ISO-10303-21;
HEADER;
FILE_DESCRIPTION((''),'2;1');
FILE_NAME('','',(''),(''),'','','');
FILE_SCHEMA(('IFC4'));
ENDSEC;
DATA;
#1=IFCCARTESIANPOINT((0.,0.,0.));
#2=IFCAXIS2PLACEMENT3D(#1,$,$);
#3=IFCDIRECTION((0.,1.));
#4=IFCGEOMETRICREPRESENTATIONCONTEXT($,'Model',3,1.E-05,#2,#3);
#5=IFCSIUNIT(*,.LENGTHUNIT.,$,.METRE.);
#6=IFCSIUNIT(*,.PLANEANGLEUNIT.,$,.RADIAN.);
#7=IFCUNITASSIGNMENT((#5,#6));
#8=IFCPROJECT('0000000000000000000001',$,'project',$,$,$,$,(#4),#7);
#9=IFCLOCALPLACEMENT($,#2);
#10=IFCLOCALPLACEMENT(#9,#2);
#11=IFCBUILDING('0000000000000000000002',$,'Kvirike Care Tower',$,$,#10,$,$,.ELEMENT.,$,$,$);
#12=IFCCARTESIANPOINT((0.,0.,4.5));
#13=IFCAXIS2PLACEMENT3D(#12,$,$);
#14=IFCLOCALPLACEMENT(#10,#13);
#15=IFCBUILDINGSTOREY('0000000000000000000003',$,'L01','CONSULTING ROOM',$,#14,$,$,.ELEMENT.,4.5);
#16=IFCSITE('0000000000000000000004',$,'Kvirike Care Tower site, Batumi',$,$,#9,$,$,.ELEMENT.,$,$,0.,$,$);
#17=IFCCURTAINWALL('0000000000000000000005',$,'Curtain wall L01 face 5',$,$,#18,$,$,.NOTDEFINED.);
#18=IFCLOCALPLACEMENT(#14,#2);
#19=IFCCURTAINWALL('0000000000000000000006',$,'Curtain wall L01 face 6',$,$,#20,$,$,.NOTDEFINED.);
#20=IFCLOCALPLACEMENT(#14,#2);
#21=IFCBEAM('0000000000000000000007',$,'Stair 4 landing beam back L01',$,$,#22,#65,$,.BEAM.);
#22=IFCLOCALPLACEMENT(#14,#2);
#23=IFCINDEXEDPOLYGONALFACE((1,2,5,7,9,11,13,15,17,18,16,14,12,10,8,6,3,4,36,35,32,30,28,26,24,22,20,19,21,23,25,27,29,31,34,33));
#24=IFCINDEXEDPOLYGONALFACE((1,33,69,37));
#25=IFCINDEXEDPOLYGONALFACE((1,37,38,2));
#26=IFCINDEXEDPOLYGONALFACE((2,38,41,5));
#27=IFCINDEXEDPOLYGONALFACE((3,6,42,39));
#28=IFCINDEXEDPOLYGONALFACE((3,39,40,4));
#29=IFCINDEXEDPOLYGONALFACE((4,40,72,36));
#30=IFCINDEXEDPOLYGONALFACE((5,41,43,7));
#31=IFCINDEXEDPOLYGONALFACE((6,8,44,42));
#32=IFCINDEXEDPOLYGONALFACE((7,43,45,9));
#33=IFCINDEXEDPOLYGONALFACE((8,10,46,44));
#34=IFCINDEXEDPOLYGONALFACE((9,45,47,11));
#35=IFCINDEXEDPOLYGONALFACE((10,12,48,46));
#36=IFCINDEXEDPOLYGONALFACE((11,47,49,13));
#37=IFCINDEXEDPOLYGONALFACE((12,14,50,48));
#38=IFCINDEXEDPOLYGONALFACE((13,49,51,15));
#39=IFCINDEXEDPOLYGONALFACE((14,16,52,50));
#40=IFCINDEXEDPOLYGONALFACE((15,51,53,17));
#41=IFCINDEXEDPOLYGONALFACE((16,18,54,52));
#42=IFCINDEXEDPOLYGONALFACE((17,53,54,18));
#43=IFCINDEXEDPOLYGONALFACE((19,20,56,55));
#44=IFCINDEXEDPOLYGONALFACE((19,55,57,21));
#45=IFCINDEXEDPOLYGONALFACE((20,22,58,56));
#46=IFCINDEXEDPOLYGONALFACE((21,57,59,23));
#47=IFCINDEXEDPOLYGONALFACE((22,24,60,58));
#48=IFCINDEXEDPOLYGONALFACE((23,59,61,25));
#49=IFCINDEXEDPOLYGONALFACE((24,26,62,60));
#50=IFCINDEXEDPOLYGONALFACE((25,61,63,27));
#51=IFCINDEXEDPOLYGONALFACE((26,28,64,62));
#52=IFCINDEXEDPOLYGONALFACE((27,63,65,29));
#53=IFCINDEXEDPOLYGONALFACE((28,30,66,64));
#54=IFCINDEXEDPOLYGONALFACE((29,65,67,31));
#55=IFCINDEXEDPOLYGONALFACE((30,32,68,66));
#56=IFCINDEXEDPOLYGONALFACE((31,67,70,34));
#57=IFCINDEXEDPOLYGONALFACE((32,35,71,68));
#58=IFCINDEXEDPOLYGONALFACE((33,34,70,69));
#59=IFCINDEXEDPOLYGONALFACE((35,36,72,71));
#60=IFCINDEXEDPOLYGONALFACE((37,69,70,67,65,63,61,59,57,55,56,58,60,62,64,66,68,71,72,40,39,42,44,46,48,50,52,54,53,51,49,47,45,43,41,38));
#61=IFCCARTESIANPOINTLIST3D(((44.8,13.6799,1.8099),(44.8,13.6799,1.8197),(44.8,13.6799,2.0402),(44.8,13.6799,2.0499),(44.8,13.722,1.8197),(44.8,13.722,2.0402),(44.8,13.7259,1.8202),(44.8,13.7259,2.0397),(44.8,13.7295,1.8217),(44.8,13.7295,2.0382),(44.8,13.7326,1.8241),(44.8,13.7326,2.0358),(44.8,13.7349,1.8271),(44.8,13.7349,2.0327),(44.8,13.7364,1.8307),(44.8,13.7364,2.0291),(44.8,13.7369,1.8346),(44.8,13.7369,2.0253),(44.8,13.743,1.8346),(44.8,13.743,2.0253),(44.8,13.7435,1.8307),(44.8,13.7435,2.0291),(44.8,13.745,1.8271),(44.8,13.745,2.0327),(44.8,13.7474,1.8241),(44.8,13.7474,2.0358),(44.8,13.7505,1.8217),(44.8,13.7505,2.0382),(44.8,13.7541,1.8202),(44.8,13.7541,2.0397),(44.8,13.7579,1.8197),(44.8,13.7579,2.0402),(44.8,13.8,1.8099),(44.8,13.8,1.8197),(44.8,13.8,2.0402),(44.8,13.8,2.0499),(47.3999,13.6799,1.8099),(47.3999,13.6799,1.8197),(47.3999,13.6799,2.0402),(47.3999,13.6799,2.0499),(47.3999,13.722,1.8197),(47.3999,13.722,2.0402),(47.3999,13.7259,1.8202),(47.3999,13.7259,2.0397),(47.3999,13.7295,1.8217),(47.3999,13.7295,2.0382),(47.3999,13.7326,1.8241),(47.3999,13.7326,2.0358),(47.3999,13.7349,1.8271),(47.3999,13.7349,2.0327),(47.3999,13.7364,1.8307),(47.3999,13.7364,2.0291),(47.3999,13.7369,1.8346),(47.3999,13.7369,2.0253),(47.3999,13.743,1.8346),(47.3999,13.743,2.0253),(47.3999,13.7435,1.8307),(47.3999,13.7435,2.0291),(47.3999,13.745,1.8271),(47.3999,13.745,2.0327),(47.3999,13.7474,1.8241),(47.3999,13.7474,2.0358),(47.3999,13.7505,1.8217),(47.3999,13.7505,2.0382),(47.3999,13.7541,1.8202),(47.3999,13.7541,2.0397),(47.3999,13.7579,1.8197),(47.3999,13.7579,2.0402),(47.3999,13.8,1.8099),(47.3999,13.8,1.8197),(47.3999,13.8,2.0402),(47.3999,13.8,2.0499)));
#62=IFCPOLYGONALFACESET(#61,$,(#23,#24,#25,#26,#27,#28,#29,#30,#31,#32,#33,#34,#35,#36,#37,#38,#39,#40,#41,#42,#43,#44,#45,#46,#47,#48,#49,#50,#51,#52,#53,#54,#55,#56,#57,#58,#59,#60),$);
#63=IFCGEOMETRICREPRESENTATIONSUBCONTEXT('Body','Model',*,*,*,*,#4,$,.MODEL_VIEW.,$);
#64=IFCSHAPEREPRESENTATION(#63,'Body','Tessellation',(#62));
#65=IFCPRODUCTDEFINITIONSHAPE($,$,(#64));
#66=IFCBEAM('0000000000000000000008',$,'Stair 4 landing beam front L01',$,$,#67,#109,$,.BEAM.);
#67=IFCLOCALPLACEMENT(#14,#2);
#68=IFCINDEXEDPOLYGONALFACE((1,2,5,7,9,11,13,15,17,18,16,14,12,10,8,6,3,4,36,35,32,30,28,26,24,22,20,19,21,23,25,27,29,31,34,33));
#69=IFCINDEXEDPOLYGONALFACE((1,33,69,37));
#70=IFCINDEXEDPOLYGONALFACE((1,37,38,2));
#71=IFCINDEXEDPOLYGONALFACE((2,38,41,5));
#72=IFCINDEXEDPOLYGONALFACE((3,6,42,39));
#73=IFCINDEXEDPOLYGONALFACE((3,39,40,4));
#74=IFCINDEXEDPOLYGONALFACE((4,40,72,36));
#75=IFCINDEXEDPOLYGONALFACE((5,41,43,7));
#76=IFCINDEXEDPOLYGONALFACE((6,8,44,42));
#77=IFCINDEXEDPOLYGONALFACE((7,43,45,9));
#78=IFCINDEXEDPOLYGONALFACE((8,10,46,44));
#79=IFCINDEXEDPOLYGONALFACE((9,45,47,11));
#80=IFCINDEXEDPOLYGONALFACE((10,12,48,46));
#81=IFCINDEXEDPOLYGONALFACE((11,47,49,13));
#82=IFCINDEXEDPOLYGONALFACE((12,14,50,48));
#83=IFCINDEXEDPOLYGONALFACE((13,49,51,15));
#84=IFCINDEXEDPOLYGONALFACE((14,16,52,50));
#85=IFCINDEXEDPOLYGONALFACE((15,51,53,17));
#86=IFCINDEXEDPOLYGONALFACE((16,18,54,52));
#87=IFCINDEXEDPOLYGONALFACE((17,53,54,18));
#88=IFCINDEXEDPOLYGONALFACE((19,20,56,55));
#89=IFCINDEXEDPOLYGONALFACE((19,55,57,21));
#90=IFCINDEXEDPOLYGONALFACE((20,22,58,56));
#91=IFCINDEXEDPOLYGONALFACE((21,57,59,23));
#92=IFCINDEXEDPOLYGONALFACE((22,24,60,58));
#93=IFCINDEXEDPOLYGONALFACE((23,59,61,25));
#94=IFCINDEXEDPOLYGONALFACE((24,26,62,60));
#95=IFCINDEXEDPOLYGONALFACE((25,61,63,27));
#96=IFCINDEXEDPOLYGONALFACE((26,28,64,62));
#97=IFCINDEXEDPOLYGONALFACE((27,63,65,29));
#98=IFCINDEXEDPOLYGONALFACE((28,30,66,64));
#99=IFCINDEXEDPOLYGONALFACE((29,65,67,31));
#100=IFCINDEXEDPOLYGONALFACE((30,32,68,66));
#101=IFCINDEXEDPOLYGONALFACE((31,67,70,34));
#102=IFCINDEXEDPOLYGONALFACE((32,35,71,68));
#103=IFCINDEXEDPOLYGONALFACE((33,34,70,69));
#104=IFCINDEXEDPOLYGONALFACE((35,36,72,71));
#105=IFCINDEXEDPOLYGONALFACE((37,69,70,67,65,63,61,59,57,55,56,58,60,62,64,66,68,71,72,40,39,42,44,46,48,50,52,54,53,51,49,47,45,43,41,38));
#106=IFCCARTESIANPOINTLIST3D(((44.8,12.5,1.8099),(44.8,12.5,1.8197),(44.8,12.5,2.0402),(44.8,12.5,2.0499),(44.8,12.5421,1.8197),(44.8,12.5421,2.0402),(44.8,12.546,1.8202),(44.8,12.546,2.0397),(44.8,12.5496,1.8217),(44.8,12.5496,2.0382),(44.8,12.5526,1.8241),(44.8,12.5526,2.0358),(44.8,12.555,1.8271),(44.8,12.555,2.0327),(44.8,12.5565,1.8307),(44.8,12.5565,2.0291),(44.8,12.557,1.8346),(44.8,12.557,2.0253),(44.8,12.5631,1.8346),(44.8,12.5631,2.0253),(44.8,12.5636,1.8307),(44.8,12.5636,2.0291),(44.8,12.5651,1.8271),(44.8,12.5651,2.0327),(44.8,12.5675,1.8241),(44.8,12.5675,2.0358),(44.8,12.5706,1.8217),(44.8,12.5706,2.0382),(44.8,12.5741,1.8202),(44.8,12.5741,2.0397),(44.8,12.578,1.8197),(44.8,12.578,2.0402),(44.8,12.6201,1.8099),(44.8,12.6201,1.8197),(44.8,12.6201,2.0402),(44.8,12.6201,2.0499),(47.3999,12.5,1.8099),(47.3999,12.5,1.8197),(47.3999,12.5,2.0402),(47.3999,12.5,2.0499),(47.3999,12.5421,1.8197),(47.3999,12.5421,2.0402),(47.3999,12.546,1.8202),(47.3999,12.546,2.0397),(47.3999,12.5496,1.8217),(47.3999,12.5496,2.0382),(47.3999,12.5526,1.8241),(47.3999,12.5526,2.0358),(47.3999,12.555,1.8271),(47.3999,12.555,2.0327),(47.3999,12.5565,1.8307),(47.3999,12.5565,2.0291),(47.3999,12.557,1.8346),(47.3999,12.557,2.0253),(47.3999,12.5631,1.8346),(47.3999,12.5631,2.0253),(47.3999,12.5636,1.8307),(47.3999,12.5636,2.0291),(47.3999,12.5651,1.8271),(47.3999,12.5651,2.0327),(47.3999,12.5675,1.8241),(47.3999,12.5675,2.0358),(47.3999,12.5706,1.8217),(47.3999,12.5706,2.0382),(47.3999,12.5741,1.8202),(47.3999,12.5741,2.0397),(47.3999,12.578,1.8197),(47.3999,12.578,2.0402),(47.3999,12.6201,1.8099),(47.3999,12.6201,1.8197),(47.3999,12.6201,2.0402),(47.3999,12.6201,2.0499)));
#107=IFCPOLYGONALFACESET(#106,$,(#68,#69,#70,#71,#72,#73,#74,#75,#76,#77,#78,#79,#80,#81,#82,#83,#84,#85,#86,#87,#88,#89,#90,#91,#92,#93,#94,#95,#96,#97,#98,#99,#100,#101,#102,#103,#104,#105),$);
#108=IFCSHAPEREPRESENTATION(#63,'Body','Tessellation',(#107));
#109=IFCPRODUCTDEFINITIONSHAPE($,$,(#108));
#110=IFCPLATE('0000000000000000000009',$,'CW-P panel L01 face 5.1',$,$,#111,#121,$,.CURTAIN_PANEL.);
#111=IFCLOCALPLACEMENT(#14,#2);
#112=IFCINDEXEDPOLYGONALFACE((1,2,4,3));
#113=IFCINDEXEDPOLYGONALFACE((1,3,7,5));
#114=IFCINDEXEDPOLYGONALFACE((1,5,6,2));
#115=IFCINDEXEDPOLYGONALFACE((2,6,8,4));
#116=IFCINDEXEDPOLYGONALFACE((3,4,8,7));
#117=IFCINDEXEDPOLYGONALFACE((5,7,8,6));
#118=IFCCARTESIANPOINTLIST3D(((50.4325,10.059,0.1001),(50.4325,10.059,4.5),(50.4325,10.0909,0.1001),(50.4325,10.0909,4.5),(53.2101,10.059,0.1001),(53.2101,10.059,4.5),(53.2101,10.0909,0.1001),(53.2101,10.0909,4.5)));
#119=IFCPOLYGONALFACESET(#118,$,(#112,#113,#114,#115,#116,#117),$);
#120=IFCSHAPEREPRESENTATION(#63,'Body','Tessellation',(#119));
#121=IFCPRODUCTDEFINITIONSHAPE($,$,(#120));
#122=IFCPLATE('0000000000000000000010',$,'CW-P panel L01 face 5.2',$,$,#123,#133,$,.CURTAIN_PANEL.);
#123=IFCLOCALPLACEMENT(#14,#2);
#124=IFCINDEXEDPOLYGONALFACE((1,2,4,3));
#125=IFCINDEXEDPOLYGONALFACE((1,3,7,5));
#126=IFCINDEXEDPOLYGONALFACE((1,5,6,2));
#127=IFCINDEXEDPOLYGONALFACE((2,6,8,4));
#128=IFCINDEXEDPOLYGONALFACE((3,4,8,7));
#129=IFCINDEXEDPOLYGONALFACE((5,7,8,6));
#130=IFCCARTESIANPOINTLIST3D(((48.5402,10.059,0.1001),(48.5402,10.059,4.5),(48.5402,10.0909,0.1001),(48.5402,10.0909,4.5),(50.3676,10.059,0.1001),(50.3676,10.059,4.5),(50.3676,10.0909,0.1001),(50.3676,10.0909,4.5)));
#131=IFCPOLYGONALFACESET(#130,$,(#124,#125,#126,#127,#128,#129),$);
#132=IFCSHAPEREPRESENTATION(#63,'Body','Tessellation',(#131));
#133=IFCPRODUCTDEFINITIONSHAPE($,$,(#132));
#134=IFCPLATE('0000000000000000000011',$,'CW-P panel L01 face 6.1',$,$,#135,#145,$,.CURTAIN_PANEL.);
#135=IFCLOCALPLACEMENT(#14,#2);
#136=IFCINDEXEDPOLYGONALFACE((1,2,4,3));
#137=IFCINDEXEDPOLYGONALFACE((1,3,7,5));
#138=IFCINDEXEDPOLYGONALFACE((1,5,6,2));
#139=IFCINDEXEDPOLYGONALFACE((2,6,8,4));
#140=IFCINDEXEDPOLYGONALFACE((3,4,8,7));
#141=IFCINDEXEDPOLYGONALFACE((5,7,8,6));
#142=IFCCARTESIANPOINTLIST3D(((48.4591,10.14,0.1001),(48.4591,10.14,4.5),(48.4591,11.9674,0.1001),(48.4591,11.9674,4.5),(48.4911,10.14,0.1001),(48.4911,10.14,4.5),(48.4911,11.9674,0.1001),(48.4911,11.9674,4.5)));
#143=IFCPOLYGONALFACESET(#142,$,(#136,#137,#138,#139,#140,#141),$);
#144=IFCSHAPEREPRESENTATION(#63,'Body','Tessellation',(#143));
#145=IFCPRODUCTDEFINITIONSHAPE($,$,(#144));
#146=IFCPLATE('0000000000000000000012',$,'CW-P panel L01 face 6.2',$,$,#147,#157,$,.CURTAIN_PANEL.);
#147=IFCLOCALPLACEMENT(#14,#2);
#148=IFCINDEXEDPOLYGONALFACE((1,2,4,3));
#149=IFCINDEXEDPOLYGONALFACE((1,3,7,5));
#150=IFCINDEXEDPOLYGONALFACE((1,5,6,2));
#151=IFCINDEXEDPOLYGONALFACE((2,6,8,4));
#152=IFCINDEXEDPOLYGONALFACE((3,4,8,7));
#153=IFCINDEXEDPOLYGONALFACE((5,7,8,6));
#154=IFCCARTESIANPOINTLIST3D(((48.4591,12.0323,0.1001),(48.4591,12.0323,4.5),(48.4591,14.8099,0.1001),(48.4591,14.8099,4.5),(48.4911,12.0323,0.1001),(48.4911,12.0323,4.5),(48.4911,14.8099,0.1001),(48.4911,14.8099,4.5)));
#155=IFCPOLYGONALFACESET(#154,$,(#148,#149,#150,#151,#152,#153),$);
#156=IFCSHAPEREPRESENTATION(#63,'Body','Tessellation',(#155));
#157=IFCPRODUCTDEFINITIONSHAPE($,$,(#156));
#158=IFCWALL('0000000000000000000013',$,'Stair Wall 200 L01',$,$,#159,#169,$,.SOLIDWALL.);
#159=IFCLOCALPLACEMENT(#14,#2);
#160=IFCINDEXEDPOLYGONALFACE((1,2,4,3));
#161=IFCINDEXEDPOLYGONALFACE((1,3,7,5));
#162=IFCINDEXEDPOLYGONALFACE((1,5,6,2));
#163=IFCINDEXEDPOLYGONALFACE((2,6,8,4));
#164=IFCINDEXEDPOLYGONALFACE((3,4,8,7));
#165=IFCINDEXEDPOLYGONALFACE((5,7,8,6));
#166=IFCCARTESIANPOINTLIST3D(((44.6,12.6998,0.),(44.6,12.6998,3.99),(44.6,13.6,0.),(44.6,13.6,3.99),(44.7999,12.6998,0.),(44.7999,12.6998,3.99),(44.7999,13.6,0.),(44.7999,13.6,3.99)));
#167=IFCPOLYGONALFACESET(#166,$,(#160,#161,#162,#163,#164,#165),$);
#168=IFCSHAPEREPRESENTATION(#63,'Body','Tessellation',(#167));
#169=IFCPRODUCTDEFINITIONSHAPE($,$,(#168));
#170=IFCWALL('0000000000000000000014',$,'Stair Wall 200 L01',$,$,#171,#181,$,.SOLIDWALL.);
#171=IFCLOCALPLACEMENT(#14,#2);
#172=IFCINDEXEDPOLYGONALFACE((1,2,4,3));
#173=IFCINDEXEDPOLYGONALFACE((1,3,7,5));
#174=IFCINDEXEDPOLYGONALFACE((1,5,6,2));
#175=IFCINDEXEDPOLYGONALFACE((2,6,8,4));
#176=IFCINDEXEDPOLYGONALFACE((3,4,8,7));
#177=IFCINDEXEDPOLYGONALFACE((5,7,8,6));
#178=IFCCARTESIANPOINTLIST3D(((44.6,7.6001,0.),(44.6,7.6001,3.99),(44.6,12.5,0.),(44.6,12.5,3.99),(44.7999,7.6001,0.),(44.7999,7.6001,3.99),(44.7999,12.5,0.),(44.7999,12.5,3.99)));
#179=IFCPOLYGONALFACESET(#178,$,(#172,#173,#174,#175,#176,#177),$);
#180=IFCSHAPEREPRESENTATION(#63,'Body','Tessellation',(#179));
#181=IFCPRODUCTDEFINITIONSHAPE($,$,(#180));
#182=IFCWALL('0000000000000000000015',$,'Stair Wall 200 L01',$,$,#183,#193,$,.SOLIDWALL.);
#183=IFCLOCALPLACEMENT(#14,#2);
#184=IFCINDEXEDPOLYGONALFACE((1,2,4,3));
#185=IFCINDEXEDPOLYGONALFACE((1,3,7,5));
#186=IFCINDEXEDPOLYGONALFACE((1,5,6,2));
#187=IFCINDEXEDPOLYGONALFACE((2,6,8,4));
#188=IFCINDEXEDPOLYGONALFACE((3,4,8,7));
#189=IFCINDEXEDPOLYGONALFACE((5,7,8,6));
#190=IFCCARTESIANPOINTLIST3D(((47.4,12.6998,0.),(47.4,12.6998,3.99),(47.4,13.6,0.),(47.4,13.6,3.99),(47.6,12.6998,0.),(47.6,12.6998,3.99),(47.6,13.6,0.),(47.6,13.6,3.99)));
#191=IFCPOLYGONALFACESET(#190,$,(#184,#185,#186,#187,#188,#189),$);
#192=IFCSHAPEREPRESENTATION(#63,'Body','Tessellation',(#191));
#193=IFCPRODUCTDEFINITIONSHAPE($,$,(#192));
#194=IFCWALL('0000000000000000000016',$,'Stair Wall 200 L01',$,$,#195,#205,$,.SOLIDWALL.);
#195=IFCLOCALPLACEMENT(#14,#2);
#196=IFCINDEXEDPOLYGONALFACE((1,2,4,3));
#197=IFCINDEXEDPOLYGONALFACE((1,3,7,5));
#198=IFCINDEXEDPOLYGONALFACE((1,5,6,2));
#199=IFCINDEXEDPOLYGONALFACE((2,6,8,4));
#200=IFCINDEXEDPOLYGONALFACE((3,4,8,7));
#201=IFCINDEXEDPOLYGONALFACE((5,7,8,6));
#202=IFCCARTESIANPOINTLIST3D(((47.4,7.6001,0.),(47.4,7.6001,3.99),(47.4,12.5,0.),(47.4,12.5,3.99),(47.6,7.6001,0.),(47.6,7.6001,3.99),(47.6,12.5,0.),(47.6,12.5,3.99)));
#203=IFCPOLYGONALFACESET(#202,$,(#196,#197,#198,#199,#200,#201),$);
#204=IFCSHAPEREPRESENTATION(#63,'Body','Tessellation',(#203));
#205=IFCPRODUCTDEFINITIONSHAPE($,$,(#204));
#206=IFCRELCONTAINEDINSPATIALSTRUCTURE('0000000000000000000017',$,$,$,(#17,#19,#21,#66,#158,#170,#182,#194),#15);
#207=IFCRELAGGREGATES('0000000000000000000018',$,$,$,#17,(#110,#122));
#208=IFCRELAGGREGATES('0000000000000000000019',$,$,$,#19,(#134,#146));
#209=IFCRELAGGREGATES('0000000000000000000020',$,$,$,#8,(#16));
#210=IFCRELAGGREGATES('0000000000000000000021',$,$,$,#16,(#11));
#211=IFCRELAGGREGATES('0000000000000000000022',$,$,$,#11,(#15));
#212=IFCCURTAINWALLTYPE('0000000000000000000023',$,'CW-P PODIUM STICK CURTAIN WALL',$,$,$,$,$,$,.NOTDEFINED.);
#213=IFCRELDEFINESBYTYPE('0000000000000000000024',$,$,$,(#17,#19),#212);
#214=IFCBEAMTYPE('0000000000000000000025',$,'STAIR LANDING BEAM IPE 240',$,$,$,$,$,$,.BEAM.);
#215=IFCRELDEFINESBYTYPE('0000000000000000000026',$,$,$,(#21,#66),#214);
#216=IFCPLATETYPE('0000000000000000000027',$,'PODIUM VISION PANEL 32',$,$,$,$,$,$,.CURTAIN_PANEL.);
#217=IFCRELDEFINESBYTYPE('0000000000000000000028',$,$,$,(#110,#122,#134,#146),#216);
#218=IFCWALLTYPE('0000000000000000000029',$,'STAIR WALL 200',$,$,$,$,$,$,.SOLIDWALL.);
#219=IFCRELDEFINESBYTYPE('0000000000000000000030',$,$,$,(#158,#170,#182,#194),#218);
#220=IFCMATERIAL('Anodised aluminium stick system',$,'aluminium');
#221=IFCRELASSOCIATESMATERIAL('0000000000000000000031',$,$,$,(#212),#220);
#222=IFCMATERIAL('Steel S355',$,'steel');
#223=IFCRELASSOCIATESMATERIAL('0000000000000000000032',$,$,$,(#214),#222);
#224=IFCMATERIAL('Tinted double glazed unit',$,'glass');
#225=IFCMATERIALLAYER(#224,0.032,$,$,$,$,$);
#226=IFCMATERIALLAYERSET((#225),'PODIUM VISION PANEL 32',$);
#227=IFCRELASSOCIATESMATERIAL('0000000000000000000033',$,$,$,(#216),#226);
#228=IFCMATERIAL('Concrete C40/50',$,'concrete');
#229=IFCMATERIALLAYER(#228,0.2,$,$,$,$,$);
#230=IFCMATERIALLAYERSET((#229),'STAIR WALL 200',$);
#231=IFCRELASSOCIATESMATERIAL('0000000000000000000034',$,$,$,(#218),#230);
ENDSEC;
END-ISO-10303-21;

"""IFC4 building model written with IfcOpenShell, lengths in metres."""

from ifc_helpers import new_model, si_unit, direction, frame, frame_2d, origin, origin_2d, place, context, subcontext, project, spatial, rectangle, i_section, extrude, material, layer, layer_set, material_profile, profile_set, type_object, element, aggregate, save


model = new_model("IFC4")

# Units and contexts
model_context = context("Model", 3, precision=1e-05, world=origin(), true_north=direction((0.0, 1.0)))
body_context = subcontext(model_context, "Body", "Model", "MODEL_VIEW")
ifc_project = project(units=[si_unit("LENGTHUNIT", "METRE"), si_unit("PLANEANGLEUNIT", "RADIAN")], contexts=[model_context])

# Site, building, storey
site_placement = place(None, origin())
site = spatial("IfcSite", under=ifc_project, at=site_placement, Name="Kvirike Care Tower site, Batumi", CompositionType="ELEMENT", RefElevation=0.0)
building_placement = place(site_placement, origin())
building = spatial("IfcBuilding", under=site, at=building_placement, Name="Kvirike Care Tower", CompositionType="ELEMENT")
storey_placement = place(building_placement, frame((0.0, 0.0, 4.5)))
storey = spatial("IfcBuildingStorey", under=building, at=storey_placement, Name="L01", Description="CONSULTING ROOM", CompositionType="ELEMENT", Elevation=4.5)

# Curtain walls
ifc_material_1 = material(Name="Anodised aluminium stick system", Category="aluminium")
curtain_wall_type = type_object("IfcCurtainWallType", Name="CW-P PODIUM STICK CURTAIN WALL", PredefinedType="NOTDEFINED", material=ifc_material_1)
curtain_wall_1_placement = place(storey_placement, origin())
curtain_wall_1 = element("IfcCurtainWall", 1, at=curtain_wall_1_placement, inside=storey, type_object=curtain_wall_type, Name="Curtain wall L01 face 5", PredefinedType="NOTDEFINED")
curtain_wall_2_placement = place(storey_placement, origin())
curtain_wall_2 = element("IfcCurtainWall", 2, at=curtain_wall_2_placement, inside=storey, type_object=curtain_wall_type, Name="Curtain wall L01 face 6", PredefinedType="NOTDEFINED")

# Beams
ifc_material_2 = material(Name="Steel S355", Category="steel")
ifc_material_profile_1 = material_profile(ifc_material_2, i_section(OverallWidth=0.1201, OverallDepth=0.24, WebThickness=0.0061, FlangeThickness=0.0098, FilletRadius=0.0149, at=origin_2d()), Name="IPE 240")
ifc_profile_set_1 = profile_set([ifc_material_profile_1], Name="Steel S355")
beam_type = type_object("IfcBeamType", Name="STAIR LANDING BEAM IPE 240", PredefinedType="BEAM", material=ifc_profile_set_1)
for number, where, z_axis, x_axis, name in (
    (3, (44.8, 13.74, 1.9299), (1.0, 0.0, 0.0), (0.0, 1.0, 0.0), "Stair 4 landing beam back L01"),
    (4, (44.8, 12.5601, 1.9299), (1.0, 0.0, 0.0), (0.0, 1.0, 0.0), "Stair 4 landing beam front L01"),
):
    element("IfcBeam", number, at=place(storey_placement, frame(where, z_axis=z_axis, x_axis=x_axis)), inside=storey, type_object=beam_type, Name=name, PredefinedType="BEAM", context=body_context, shape_type="SweptSolid", body=[
        extrude(i_section(OverallWidth=0.1201, OverallDepth=0.24, WebThickness=0.0061, FlangeThickness=0.0098, FilletRadius=0.0149, at=origin_2d()), origin(), (0.0, 0.0, 1.0), 2.5999),
    ])

# Plates
ifc_material_3 = material(Name="Tinted double glazed unit", Category="glass")
ifc_layer_1 = layer(ifc_material_3, 0.032)
ifc_layer_set_1 = layer_set([ifc_layer_1], Name="PODIUM VISION PANEL 32")
plate_type = type_object("IfcPlateType", Name="PODIUM VISION PANEL 32", PredefinedType="CURTAIN_PANEL", material=ifc_layer_set_1)
plate_1_placement = place(storey_placement, frame((51.8213, 10.075, 0.1001), z_axis=(0.0, 0.0, 1.0), x_axis=(-1.0, 0.0, 0.0)))
plate_1 = element("IfcPlate", 5, at=plate_1_placement, type_object=plate_type, Name="CW-P panel L01 face 5.1", PredefinedType="CURTAIN_PANEL", context=body_context, shape_type="SweptSolid", body=[
    extrude(rectangle(XDim=2.7776, YDim=0.032, at=origin_2d()), origin(), (0.0, 0.0, 1.0), 4.3999),
])
plate_2_placement = place(storey_placement, frame((49.4539, 10.075, 0.1001), z_axis=(0.0, 0.0, 1.0), x_axis=(-1.0, 0.0, 0.0)))
plate_2 = element("IfcPlate", 6, at=plate_2_placement, type_object=plate_type, Name="CW-P panel L01 face 5.2", PredefinedType="CURTAIN_PANEL", context=body_context, shape_type="SweptSolid", body=[
    extrude(rectangle(XDim=1.8274, YDim=0.032, at=origin_2d()), origin(), (0.0, 0.0, 1.0), 4.3999),
])
aggregate(curtain_wall_1, [plate_1, plate_2])
plate_3_placement = place(storey_placement, frame((48.4751, 11.0537, 0.1001), z_axis=(0.0, 0.0, 1.0), x_axis=(0.0, 1.0, 0.0)))
plate_3 = element("IfcPlate", 7, at=plate_3_placement, type_object=plate_type, Name="CW-P panel L01 face 6.1", PredefinedType="CURTAIN_PANEL", context=body_context, shape_type="SweptSolid", body=[
    extrude(rectangle(XDim=1.8274, YDim=0.032, at=origin_2d()), origin(), (0.0, 0.0, 1.0), 4.3999),
])
plate_4_placement = place(storey_placement, frame((48.4751, 13.4211, 0.1001), z_axis=(0.0, 0.0, 1.0), x_axis=(0.0, 1.0, 0.0)))
plate_4 = element("IfcPlate", 8, at=plate_4_placement, type_object=plate_type, Name="CW-P panel L01 face 6.2", PredefinedType="CURTAIN_PANEL", context=body_context, shape_type="SweptSolid", body=[
    extrude(rectangle(XDim=2.7776, YDim=0.032, at=origin_2d()), origin(), (0.0, 0.0, 1.0), 4.3999),
])
aggregate(curtain_wall_2, [plate_3, plate_4])

# Walls
ifc_material_4 = material(Name="Concrete C40/50", Category="concrete")
ifc_layer_2 = layer(ifc_material_4, 0.2)
ifc_layer_set_2 = layer_set([ifc_layer_2], Name="STAIR WALL 200")
wall_type = type_object("IfcWallType", Name="STAIR WALL 200", PredefinedType="SOLIDWALL", material=ifc_layer_set_2)
wall_1_placement = place(storey_placement, frame((44.7, 13.6001, 0.0), z_axis=(0.0, 0.0, 1.0), x_axis=(0.0, -1.0, 0.0)))
element("IfcWall", 9, at=wall_1_placement, inside=storey, type_object=wall_type, Name="Stair Wall 200 L01", PredefinedType="SOLIDWALL", context=body_context, shape_type="SweptSolid", body=[
    extrude(rectangle(XDim=0.9001, YDim=0.2, at=frame_2d((0.4502, 0.0))), origin(), (0.0, 0.0, 1.0), 3.99),
])
wall_2_placement = place(storey_placement, frame((44.7, 12.5, 0.0), z_axis=(0.0, 0.0, 1.0), x_axis=(0.0, -1.0, 0.0)))
element("IfcWall", 10, at=wall_2_placement, inside=storey, type_object=wall_type, Name="Stair Wall 200 L01", PredefinedType="SOLIDWALL", context=body_context, shape_type="SweptSolid", body=[
    extrude(rectangle(XDim=4.8999, YDim=0.2, at=frame_2d((2.45, 0.0))), origin(), (0.0, 0.0, 1.0), 3.99),
])
wall_3_placement = place(storey_placement, frame((47.5, 13.6001, 0.0), z_axis=(0.0, 0.0, 1.0), x_axis=(0.0, -1.0, 0.0)))
element("IfcWall", 11, at=wall_3_placement, inside=storey, type_object=wall_type, Name="Stair Wall 200 L01", PredefinedType="SOLIDWALL", context=body_context, shape_type="SweptSolid", body=[
    extrude(rectangle(XDim=0.9001, YDim=0.2, at=frame_2d((0.4502, 0.0))), origin(), (0.0, 0.0, 1.0), 3.99),
])
wall_4_placement = place(storey_placement, frame((47.5, 12.5, 0.0), z_axis=(0.0, 0.0, 1.0), x_axis=(0.0, -1.0, 0.0)))
element("IfcWall", 12, at=wall_4_placement, inside=storey, type_object=wall_type, Name="Stair Wall 200 L01", PredefinedType="SOLIDWALL", context=body_context, shape_type="SweptSolid", body=[
    extrude(rectangle(XDim=4.8999, YDim=0.2, at=frame_2d((2.45, 0.0))), origin(), (0.0, 0.0, 1.0), 3.99),
])

save(model, "model.ifc")
